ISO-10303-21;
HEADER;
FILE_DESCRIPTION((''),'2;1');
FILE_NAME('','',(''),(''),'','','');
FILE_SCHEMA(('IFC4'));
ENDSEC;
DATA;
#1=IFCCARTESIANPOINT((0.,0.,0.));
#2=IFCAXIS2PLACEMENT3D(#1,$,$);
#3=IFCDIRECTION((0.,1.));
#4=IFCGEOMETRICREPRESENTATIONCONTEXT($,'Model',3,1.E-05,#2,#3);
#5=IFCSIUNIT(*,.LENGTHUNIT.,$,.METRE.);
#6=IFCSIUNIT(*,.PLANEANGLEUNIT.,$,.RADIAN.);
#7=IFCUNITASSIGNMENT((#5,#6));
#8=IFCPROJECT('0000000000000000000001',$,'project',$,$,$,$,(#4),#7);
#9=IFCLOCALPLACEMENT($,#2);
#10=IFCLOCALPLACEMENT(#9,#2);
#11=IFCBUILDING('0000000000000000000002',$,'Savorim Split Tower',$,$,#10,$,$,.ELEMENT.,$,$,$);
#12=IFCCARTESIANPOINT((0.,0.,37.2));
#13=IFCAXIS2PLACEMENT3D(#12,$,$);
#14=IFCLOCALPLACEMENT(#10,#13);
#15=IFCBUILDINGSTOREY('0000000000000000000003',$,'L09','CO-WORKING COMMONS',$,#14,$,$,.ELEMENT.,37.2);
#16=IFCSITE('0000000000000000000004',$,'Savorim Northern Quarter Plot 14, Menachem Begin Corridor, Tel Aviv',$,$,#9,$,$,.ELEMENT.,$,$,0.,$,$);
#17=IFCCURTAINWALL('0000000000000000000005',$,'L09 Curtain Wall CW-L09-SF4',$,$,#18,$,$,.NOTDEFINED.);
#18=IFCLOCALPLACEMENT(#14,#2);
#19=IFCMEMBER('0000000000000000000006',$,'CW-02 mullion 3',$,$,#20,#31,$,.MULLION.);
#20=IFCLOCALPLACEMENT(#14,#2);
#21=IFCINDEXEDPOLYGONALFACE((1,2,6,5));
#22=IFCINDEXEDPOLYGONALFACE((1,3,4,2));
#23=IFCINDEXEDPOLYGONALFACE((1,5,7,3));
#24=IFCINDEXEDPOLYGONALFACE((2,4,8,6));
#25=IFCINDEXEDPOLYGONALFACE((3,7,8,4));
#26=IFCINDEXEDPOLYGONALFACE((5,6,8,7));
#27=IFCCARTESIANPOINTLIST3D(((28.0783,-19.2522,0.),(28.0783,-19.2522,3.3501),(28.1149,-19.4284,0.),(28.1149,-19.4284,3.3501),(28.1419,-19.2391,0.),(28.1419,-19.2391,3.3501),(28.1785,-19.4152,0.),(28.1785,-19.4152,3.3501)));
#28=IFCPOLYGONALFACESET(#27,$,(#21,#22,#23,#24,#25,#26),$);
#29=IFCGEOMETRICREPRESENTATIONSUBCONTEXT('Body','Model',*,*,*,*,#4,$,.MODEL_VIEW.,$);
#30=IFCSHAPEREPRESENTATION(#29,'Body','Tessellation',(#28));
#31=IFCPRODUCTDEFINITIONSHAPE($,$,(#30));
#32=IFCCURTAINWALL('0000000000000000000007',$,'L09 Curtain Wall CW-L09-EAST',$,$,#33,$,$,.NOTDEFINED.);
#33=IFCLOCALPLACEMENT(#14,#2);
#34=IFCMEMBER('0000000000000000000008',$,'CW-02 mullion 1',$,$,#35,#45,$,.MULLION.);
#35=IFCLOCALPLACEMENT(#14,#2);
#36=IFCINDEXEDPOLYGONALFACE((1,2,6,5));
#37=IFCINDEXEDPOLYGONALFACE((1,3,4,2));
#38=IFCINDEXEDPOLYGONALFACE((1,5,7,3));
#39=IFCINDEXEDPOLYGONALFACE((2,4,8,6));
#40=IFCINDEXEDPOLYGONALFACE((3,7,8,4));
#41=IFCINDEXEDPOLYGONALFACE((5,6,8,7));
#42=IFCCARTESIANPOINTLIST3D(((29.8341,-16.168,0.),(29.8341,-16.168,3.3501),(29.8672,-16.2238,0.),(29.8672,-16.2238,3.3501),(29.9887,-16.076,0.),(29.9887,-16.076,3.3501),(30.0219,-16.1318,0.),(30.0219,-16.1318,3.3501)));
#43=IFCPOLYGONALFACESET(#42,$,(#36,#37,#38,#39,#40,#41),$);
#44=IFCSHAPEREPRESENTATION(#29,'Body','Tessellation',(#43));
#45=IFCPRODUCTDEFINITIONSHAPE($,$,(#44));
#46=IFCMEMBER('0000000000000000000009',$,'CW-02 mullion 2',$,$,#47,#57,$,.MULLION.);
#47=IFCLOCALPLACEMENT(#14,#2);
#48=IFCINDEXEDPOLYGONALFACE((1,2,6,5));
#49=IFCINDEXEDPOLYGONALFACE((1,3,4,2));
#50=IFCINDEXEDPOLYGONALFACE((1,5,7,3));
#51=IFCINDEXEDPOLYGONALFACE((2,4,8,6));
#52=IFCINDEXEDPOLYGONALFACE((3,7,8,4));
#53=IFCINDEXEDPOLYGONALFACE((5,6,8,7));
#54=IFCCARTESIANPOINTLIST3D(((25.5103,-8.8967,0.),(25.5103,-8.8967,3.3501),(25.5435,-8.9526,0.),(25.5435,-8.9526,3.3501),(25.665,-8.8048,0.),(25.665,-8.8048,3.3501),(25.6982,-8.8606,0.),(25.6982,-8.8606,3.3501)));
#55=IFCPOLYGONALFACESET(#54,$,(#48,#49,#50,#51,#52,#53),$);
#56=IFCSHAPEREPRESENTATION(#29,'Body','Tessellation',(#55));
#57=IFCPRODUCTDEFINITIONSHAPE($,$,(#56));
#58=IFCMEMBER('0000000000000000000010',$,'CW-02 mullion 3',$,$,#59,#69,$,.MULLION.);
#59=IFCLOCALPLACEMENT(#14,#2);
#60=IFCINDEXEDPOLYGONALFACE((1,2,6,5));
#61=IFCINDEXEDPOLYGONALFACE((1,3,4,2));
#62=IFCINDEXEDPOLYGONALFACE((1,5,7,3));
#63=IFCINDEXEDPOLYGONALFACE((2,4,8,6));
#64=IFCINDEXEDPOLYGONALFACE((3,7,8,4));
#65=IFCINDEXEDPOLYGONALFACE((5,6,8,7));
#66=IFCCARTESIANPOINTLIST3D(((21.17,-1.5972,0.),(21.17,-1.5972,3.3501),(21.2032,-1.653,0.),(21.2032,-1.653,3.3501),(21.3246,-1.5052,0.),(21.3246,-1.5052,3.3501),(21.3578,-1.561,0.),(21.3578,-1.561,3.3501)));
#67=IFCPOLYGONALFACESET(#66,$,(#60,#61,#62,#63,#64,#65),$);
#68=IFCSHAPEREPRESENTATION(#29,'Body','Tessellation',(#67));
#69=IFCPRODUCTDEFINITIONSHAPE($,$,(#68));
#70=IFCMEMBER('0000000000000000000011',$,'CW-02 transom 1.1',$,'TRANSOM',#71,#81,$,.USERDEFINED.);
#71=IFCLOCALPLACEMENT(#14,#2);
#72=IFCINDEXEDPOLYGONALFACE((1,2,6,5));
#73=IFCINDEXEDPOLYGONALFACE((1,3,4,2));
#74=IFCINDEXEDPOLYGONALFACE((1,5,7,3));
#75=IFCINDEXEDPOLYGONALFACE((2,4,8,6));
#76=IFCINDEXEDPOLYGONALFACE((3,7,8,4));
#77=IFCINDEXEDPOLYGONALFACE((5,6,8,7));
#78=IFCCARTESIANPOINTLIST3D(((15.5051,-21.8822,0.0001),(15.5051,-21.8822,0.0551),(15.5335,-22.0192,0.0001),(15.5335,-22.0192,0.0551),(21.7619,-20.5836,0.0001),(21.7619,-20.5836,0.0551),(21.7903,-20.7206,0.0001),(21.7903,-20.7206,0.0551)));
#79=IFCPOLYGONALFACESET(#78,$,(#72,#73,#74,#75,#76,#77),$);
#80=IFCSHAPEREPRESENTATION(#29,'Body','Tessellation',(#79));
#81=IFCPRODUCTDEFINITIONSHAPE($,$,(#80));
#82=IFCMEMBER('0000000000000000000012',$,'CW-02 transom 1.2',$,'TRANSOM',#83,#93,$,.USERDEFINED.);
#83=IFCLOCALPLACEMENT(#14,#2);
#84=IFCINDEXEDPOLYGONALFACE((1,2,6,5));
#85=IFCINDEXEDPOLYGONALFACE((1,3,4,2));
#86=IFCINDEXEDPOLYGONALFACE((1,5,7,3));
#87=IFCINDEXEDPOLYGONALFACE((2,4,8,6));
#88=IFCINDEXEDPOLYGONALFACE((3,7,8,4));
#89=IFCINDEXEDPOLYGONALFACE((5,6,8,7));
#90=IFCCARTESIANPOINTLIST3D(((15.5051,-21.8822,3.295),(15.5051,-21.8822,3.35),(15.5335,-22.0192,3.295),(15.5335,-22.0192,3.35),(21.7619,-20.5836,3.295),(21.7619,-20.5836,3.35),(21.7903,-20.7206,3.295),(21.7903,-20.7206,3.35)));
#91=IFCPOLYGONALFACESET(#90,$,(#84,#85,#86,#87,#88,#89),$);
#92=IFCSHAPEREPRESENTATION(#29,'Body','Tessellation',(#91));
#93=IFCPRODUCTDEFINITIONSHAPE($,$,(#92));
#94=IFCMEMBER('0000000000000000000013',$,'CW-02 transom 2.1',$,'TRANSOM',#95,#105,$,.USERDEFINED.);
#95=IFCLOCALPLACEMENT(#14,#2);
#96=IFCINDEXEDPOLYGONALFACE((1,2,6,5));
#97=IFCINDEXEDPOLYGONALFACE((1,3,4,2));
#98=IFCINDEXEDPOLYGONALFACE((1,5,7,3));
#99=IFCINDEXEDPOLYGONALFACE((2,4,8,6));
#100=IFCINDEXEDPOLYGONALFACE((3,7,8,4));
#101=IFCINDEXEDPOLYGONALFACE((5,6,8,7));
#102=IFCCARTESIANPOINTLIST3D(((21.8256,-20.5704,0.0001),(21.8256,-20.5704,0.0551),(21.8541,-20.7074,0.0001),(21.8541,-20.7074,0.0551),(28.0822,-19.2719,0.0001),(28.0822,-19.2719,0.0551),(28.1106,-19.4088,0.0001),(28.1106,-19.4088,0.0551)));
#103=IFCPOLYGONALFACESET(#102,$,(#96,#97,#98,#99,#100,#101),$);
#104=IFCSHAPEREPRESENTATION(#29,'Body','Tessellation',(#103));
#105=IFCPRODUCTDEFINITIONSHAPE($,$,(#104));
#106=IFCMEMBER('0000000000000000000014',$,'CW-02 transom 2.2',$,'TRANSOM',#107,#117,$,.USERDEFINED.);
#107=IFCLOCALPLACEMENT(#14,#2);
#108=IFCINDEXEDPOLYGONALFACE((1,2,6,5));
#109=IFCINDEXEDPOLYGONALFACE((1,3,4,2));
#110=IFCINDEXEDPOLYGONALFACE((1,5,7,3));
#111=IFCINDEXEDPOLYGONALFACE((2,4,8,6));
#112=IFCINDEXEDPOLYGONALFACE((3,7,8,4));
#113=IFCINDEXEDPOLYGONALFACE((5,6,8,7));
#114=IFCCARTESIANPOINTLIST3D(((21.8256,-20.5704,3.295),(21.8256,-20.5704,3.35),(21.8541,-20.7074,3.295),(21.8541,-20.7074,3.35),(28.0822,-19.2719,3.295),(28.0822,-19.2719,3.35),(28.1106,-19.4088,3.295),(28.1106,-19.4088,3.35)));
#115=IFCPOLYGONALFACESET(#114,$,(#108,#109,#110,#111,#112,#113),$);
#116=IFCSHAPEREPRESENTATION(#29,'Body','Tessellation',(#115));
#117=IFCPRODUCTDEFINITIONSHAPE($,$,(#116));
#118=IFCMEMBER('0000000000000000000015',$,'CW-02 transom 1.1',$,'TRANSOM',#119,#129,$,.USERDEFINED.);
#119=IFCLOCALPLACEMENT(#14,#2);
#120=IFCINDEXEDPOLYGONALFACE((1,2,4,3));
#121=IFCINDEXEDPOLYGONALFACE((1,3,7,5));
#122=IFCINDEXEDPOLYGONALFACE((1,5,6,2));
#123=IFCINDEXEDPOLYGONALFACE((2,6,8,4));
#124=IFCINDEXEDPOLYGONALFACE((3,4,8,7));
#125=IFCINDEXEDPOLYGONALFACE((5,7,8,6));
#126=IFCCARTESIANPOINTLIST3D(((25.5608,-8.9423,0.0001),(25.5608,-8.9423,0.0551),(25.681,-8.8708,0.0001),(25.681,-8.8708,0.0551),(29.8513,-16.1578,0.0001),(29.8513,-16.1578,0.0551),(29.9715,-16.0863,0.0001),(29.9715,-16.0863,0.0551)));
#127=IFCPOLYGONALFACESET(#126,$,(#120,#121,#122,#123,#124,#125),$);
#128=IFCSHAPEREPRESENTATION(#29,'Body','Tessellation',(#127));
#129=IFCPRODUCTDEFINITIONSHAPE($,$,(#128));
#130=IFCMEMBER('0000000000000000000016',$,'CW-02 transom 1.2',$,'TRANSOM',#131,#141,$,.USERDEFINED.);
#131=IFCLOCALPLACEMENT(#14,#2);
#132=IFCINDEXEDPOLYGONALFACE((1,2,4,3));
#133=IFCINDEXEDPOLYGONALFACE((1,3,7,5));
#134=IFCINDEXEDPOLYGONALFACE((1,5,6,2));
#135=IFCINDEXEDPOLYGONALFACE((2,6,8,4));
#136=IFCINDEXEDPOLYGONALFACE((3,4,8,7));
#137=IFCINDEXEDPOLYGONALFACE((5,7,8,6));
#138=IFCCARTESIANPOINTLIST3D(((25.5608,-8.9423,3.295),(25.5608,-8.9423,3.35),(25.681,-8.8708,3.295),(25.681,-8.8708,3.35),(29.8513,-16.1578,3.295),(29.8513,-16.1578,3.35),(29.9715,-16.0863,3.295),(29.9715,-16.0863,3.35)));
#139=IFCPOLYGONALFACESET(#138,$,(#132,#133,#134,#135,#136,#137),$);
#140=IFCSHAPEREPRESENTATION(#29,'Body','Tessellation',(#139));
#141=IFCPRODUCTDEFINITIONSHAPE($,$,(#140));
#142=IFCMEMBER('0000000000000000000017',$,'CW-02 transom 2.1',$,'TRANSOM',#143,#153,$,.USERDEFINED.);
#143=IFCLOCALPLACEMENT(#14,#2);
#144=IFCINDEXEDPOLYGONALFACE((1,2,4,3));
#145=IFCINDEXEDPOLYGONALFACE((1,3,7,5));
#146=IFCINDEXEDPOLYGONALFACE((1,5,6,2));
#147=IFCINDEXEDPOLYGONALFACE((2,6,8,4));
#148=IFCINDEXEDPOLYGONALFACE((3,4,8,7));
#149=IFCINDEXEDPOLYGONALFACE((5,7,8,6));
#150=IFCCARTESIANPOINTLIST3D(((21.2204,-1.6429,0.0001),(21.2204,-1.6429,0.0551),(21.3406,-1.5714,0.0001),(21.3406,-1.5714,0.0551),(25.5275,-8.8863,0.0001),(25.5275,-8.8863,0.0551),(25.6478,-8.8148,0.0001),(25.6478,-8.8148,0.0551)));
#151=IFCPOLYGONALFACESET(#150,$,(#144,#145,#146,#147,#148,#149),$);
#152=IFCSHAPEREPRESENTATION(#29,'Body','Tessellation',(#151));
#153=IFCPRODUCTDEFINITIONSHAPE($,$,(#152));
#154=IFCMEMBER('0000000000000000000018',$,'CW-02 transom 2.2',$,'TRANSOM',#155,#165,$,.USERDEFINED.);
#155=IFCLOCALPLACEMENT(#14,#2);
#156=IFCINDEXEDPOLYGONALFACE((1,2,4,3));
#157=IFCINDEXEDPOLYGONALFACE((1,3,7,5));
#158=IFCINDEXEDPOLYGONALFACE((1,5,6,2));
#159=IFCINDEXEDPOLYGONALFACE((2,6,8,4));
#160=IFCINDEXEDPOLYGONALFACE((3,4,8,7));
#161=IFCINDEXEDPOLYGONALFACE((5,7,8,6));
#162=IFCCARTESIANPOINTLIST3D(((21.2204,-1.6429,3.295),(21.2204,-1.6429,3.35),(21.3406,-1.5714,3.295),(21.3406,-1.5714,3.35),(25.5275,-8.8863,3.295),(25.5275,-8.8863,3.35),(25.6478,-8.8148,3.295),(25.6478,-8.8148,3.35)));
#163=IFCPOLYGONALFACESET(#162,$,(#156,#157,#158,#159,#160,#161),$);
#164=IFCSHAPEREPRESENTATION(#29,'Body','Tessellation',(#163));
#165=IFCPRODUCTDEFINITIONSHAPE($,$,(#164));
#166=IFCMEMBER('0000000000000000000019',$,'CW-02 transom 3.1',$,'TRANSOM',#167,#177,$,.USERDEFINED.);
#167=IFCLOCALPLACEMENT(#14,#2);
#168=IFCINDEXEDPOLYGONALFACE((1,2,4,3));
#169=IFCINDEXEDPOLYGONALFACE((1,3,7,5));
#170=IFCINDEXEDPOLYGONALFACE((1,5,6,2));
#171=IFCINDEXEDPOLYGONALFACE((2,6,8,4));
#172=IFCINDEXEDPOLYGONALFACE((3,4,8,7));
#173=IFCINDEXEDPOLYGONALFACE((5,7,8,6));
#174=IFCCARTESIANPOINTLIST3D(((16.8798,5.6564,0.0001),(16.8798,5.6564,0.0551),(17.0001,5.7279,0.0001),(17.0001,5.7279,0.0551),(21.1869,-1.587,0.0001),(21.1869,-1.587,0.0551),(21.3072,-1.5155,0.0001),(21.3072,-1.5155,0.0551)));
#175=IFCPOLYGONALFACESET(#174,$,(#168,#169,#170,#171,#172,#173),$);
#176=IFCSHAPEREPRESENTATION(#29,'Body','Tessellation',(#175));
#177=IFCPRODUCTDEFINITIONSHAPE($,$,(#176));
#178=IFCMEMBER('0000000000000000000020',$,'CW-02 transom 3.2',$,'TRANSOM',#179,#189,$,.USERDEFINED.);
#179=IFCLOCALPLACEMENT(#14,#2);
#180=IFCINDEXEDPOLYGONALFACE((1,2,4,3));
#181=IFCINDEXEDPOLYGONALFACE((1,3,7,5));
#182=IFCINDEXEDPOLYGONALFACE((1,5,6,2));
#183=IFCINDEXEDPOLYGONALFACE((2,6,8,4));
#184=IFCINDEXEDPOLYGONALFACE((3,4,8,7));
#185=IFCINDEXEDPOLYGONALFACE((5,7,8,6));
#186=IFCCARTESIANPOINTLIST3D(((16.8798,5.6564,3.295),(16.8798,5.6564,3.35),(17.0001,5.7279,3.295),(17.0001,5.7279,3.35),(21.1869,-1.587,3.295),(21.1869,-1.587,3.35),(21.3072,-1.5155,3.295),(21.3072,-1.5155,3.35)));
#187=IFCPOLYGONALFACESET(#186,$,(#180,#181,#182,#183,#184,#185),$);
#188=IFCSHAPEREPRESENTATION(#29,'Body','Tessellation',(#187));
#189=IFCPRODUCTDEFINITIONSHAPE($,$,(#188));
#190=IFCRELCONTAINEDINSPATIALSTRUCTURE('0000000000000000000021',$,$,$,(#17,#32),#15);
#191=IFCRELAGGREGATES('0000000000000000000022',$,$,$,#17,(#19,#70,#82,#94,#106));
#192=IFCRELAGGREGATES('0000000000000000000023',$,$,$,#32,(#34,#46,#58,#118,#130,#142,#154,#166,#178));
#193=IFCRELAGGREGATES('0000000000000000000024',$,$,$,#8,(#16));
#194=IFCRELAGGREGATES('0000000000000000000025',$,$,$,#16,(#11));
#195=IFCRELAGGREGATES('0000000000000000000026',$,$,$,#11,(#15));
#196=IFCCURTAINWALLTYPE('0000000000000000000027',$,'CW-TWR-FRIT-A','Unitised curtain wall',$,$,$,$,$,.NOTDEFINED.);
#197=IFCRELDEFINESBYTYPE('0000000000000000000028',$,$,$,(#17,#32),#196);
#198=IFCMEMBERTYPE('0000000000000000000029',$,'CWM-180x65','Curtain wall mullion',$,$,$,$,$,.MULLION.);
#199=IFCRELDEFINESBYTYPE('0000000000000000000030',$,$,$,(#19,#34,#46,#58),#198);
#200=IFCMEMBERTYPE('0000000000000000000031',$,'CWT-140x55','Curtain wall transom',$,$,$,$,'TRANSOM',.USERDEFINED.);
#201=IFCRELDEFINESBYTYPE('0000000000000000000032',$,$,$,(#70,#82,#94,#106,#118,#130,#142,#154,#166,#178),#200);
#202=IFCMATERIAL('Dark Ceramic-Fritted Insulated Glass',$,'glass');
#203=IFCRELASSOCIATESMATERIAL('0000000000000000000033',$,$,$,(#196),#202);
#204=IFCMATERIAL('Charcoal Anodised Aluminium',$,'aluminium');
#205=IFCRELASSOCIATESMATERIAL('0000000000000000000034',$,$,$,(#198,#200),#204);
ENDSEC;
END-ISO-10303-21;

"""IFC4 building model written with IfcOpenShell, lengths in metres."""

from ifc_helpers import new_model, si_unit, direction, frame, origin, origin_2d, place, context, subcontext, project, spatial, rectangle, extrude, material, material_profile, profile_set, type_object, element, aggregate, save


model = new_model("IFC4")

# Units and contexts
model_context = context("Model", 3, precision=1e-05, world=origin(), true_north=direction((0.0, 1.0)))
body_context = subcontext(model_context, "Body", "Model", "MODEL_VIEW")
ifc_project = project(units=[si_unit("LENGTHUNIT", "METRE"), si_unit("PLANEANGLEUNIT", "RADIAN")], contexts=[model_context])

# Site, building, storey
site_placement = place(None, origin())
site = spatial("IfcSite", under=ifc_project, at=site_placement, Name="Savorim Northern Quarter Plot 14, Menachem Begin Corridor, Tel Aviv", CompositionType="ELEMENT", RefElevation=0.0)
building_placement = place(site_placement, origin())
building = spatial("IfcBuilding", under=site, at=building_placement, Name="Savorim Split Tower", CompositionType="ELEMENT")
storey_placement = place(building_placement, frame((0.0, 0.0, 37.2)))
storey = spatial("IfcBuildingStorey", under=building, at=storey_placement, Name="L09", Description="CO-WORKING COMMONS", CompositionType="ELEMENT", Elevation=37.2)

# Shared definitions
ifc_material_1 = material(Name="Dark Ceramic-Fritted Insulated Glass", Category="glass")
curtain_wall_type = type_object("IfcCurtainWallType", Name="CW-TWR-FRIT-A", Description="Unitised curtain wall", PredefinedType="NOTDEFINED", material=ifc_material_1)
ifc_material_2 = material(Name="Charcoal Anodised Aluminium", Category="aluminium")
ifc_material_profile_1 = material_profile(ifc_material_2, rectangle(XDim=0.1799, YDim=0.0649, at=origin_2d()), Name="ALU-M 180x65")
ifc_profile_set_1 = profile_set([ifc_material_profile_1], Name="Charcoal Anodised Aluminium")
member_type_1 = type_object("IfcMemberType", Name="CWM-180x65", Description="Curtain wall mullion", PredefinedType="MULLION", material=ifc_profile_set_1)

# Curtain walls, members
curtain_wall_1_placement = place(storey_placement, origin())
curtain_wall_1 = element("IfcCurtainWall", 1, at=curtain_wall_1_placement, inside=storey, type_object=curtain_wall_type, Name="L09 Curtain Wall CW-L09-SF4", PredefinedType="NOTDEFINED")
member_1_placement = place(storey_placement, frame((28.1284, -19.3337, 0.0), z_axis=(0.0, 0.0, 1.0), x_axis=(-0.20321, 0.979135, 0.0)))
member_1 = element("IfcMember", 2, at=member_1_placement, type_object=member_type_1, Name="CW-02 mullion 3", PredefinedType="MULLION", context=body_context, shape_type="SweptSolid", body=[
    extrude(rectangle(XDim=0.1799, YDim=0.0649, at=origin_2d()), origin(), (0.0, 0.0, 1.0), 3.3501),
])
curtain_wall_2_placement = place(storey_placement, origin())
curtain_wall_2 = element("IfcCurtainWall", 3, at=curtain_wall_2_placement, inside=storey, type_object=curtain_wall_type, Name="L09 Curtain Wall CW-L09-EAST", PredefinedType="NOTDEFINED")
member_2_placement = place(storey_placement, frame((29.928, -16.1499, 0.0), z_axis=(0.0, 0.0, 1.0), x_axis=(-0.859526, -0.511092, 0.0)))
member_2 = element("IfcMember", 4, at=member_2_placement, type_object=member_type_1, Name="CW-02 mullion 1", PredefinedType="MULLION", context=body_context, shape_type="SweptSolid", body=[
    extrude(rectangle(XDim=0.1799, YDim=0.0649, at=origin_2d()), origin(), (0.0, 0.0, 1.0), 3.3501),
])
member_3_placement = place(storey_placement, frame((25.6042, -8.8787, 0.0), z_axis=(0.0, 0.0, 1.0), x_axis=(-0.859526, -0.511092, 0.0)))
member_3 = element("IfcMember", 5, at=member_3_placement, type_object=member_type_1, Name="CW-02 mullion 2", PredefinedType="MULLION", context=body_context, shape_type="SweptSolid", body=[
    extrude(rectangle(XDim=0.1799, YDim=0.0649, at=origin_2d()), origin(), (0.0, 0.0, 1.0), 3.3501),
])
member_4_placement = place(storey_placement, frame((21.2639, -1.5791, 0.0), z_axis=(0.0, 0.0, 1.0), x_axis=(-0.859526, -0.511092, 0.0)))
member_4 = element("IfcMember", 6, at=member_4_placement, type_object=member_type_1, Name="CW-02 mullion 3", PredefinedType="MULLION", context=body_context, shape_type="SweptSolid", body=[
    extrude(rectangle(XDim=0.1799, YDim=0.0649, at=origin_2d()), origin(), (0.0, 0.0, 1.0), 3.3501),
])

# Members
ifc_material_profile_2 = material_profile(ifc_material_2, rectangle(XDim=0.1399, YDim=0.0549, at=origin_2d()), Name="ALU-T 140x55")
ifc_profile_set_2 = profile_set([ifc_material_profile_2], Name="Charcoal Anodised Aluminium")
member_type_2 = type_object("IfcMemberType", Name="CWT-140x55", Description="Curtain wall transom", ElementType="TRANSOM", PredefinedType="USERDEFINED", material=ifc_profile_set_2)
member_5_placement = place(storey_placement, frame((15.5193, -21.9507, 0.0276), z_axis=(0.979134, 0.203216, 0.0), x_axis=(-0.203216, 0.979134, 0.0)))
member_5 = element("IfcMember", 7, at=member_5_placement, type_object=member_type_2, Name="CW-02 transom 1.1", ObjectType="TRANSOM", PredefinedType="USERDEFINED", context=body_context, shape_type="SweptSolid", body=[
    extrude(rectangle(XDim=0.1399, YDim=0.0549, at=origin_2d()), origin(), (0.0, 0.0, 1.0), 6.3901),
])
member_6_placement = place(storey_placement, frame((15.5193, -21.9507, 3.3225), z_axis=(0.979134, 0.203216, 0.0), x_axis=(-0.203216, 0.979134, 0.0)))
member_6 = element("IfcMember", 8, at=member_6_placement, type_object=member_type_2, Name="CW-02 transom 1.2", ObjectType="TRANSOM", PredefinedType="USERDEFINED", context=body_context, shape_type="SweptSolid", body=[
    extrude(rectangle(XDim=0.1399, YDim=0.0549, at=origin_2d()), origin(), (0.0, 0.0, 1.0), 6.3901),
])
member_7_placement = place(storey_placement, frame((21.8398, -20.6389, 0.0276), z_axis=(0.979132, 0.203223, 0.0), x_axis=(-0.203223, 0.979132, 0.0)))
member_7 = element("IfcMember", 9, at=member_7_placement, type_object=member_type_2, Name="CW-02 transom 2.1", ObjectType="TRANSOM", PredefinedType="USERDEFINED", context=body_context, shape_type="SweptSolid", body=[
    extrude(rectangle(XDim=0.1399, YDim=0.0549, at=origin_2d()), origin(), (0.0, 0.0, 1.0), 6.3899),
])
member_8_placement = place(storey_placement, frame((21.8398, -20.6389, 3.3225), z_axis=(0.979132, 0.203223, 0.0), x_axis=(-0.203223, 0.979132, 0.0)))
member_8 = element("IfcMember", 10, at=member_8_placement, type_object=member_type_2, Name="CW-02 transom 2.2", ObjectType="TRANSOM", PredefinedType="USERDEFINED", context=body_context, shape_type="SweptSolid", body=[
    extrude(rectangle(XDim=0.1399, YDim=0.0549, at=origin_2d()), origin(), (0.0, 0.0, 1.0), 6.3899),
])
member_9_placement = place(storey_placement, frame((29.9114, -16.1221, 0.0276), z_axis=(-0.511092, 0.859526, 0.0), x_axis=(-0.859526, -0.511092, 0.0)))
member_9 = element("IfcMember", 11, at=member_9_placement, type_object=member_type_2, Name="CW-02 transom 1.1", ObjectType="TRANSOM", PredefinedType="USERDEFINED", context=body_context, shape_type="SweptSolid", body=[
    extrude(rectangle(XDim=0.1399, YDim=0.0549, at=origin_2d()), origin(), (0.0, 0.0, 1.0), 8.3948),
])
member_10_placement = place(storey_placement, frame((29.9114, -16.1221, 3.3225), z_axis=(-0.511092, 0.859526, 0.0), x_axis=(-0.859526, -0.511092, 0.0)))
member_10 = element("IfcMember", 12, at=member_10_placement, type_object=member_type_2, Name="CW-02 transom 1.2", ObjectType="TRANSOM", PredefinedType="USERDEFINED", context=body_context, shape_type="SweptSolid", body=[
    extrude(rectangle(XDim=0.1399, YDim=0.0549, at=origin_2d()), origin(), (0.0, 0.0, 1.0), 8.3948),
])
member_11_placement = place(storey_placement, frame((25.5876, -8.8506, 0.0276), z_axis=(-0.511096, 0.859524, 0.0), x_axis=(-0.859524, -0.511096, 0.0)))
member_11 = element("IfcMember", 13, at=member_11_placement, type_object=member_type_2, Name="CW-02 transom 2.1", ObjectType="TRANSOM", PredefinedType="USERDEFINED", context=body_context, shape_type="SweptSolid", body=[
    extrude(rectangle(XDim=0.1399, YDim=0.0549, at=origin_2d()), origin(), (0.0, 0.0, 1.0), 8.4272),
])
member_12_placement = place(storey_placement, frame((25.5876, -8.8506, 3.3225), z_axis=(-0.511096, 0.859524, 0.0), x_axis=(-0.859524, -0.511096, 0.0)))
member_12 = element("IfcMember", 14, at=member_12_placement, type_object=member_type_2, Name="CW-02 transom 2.2", ObjectType="TRANSOM", PredefinedType="USERDEFINED", context=body_context, shape_type="SweptSolid", body=[
    extrude(rectangle(XDim=0.1399, YDim=0.0549, at=origin_2d()), origin(), (0.0, 0.0, 1.0), 8.4272),
])
member_13_placement = place(storey_placement, frame((21.2471, -1.5513, 0.0276), z_axis=(-0.511096, 0.859524, 0.0), x_axis=(-0.859524, -0.511096, 0.0)))
member_13 = element("IfcMember", 15, at=member_13_placement, type_object=member_type_2, Name="CW-02 transom 3.1", ObjectType="TRANSOM", PredefinedType="USERDEFINED", context=body_context, shape_type="SweptSolid", body=[
    extrude(rectangle(XDim=0.1399, YDim=0.0549, at=origin_2d()), origin(), (0.0, 0.0, 1.0), 8.4272),
])
member_14_placement = place(storey_placement, frame((21.2471, -1.5513, 3.3225), z_axis=(-0.511096, 0.859524, 0.0), x_axis=(-0.859524, -0.511096, 0.0)))
member_14 = element("IfcMember", 16, at=member_14_placement, type_object=member_type_2, Name="CW-02 transom 3.2", ObjectType="TRANSOM", PredefinedType="USERDEFINED", context=body_context, shape_type="SweptSolid", body=[
    extrude(rectangle(XDim=0.1399, YDim=0.0549, at=origin_2d()), origin(), (0.0, 0.0, 1.0), 8.4272),
])

aggregate(curtain_wall_1, [member_1, member_5, member_6, member_7, member_8])
aggregate(curtain_wall_2, [member_2, member_3, member_4, member_9, member_10, member_11, member_12, member_13, member_14])

save(model, "model.ifc")
